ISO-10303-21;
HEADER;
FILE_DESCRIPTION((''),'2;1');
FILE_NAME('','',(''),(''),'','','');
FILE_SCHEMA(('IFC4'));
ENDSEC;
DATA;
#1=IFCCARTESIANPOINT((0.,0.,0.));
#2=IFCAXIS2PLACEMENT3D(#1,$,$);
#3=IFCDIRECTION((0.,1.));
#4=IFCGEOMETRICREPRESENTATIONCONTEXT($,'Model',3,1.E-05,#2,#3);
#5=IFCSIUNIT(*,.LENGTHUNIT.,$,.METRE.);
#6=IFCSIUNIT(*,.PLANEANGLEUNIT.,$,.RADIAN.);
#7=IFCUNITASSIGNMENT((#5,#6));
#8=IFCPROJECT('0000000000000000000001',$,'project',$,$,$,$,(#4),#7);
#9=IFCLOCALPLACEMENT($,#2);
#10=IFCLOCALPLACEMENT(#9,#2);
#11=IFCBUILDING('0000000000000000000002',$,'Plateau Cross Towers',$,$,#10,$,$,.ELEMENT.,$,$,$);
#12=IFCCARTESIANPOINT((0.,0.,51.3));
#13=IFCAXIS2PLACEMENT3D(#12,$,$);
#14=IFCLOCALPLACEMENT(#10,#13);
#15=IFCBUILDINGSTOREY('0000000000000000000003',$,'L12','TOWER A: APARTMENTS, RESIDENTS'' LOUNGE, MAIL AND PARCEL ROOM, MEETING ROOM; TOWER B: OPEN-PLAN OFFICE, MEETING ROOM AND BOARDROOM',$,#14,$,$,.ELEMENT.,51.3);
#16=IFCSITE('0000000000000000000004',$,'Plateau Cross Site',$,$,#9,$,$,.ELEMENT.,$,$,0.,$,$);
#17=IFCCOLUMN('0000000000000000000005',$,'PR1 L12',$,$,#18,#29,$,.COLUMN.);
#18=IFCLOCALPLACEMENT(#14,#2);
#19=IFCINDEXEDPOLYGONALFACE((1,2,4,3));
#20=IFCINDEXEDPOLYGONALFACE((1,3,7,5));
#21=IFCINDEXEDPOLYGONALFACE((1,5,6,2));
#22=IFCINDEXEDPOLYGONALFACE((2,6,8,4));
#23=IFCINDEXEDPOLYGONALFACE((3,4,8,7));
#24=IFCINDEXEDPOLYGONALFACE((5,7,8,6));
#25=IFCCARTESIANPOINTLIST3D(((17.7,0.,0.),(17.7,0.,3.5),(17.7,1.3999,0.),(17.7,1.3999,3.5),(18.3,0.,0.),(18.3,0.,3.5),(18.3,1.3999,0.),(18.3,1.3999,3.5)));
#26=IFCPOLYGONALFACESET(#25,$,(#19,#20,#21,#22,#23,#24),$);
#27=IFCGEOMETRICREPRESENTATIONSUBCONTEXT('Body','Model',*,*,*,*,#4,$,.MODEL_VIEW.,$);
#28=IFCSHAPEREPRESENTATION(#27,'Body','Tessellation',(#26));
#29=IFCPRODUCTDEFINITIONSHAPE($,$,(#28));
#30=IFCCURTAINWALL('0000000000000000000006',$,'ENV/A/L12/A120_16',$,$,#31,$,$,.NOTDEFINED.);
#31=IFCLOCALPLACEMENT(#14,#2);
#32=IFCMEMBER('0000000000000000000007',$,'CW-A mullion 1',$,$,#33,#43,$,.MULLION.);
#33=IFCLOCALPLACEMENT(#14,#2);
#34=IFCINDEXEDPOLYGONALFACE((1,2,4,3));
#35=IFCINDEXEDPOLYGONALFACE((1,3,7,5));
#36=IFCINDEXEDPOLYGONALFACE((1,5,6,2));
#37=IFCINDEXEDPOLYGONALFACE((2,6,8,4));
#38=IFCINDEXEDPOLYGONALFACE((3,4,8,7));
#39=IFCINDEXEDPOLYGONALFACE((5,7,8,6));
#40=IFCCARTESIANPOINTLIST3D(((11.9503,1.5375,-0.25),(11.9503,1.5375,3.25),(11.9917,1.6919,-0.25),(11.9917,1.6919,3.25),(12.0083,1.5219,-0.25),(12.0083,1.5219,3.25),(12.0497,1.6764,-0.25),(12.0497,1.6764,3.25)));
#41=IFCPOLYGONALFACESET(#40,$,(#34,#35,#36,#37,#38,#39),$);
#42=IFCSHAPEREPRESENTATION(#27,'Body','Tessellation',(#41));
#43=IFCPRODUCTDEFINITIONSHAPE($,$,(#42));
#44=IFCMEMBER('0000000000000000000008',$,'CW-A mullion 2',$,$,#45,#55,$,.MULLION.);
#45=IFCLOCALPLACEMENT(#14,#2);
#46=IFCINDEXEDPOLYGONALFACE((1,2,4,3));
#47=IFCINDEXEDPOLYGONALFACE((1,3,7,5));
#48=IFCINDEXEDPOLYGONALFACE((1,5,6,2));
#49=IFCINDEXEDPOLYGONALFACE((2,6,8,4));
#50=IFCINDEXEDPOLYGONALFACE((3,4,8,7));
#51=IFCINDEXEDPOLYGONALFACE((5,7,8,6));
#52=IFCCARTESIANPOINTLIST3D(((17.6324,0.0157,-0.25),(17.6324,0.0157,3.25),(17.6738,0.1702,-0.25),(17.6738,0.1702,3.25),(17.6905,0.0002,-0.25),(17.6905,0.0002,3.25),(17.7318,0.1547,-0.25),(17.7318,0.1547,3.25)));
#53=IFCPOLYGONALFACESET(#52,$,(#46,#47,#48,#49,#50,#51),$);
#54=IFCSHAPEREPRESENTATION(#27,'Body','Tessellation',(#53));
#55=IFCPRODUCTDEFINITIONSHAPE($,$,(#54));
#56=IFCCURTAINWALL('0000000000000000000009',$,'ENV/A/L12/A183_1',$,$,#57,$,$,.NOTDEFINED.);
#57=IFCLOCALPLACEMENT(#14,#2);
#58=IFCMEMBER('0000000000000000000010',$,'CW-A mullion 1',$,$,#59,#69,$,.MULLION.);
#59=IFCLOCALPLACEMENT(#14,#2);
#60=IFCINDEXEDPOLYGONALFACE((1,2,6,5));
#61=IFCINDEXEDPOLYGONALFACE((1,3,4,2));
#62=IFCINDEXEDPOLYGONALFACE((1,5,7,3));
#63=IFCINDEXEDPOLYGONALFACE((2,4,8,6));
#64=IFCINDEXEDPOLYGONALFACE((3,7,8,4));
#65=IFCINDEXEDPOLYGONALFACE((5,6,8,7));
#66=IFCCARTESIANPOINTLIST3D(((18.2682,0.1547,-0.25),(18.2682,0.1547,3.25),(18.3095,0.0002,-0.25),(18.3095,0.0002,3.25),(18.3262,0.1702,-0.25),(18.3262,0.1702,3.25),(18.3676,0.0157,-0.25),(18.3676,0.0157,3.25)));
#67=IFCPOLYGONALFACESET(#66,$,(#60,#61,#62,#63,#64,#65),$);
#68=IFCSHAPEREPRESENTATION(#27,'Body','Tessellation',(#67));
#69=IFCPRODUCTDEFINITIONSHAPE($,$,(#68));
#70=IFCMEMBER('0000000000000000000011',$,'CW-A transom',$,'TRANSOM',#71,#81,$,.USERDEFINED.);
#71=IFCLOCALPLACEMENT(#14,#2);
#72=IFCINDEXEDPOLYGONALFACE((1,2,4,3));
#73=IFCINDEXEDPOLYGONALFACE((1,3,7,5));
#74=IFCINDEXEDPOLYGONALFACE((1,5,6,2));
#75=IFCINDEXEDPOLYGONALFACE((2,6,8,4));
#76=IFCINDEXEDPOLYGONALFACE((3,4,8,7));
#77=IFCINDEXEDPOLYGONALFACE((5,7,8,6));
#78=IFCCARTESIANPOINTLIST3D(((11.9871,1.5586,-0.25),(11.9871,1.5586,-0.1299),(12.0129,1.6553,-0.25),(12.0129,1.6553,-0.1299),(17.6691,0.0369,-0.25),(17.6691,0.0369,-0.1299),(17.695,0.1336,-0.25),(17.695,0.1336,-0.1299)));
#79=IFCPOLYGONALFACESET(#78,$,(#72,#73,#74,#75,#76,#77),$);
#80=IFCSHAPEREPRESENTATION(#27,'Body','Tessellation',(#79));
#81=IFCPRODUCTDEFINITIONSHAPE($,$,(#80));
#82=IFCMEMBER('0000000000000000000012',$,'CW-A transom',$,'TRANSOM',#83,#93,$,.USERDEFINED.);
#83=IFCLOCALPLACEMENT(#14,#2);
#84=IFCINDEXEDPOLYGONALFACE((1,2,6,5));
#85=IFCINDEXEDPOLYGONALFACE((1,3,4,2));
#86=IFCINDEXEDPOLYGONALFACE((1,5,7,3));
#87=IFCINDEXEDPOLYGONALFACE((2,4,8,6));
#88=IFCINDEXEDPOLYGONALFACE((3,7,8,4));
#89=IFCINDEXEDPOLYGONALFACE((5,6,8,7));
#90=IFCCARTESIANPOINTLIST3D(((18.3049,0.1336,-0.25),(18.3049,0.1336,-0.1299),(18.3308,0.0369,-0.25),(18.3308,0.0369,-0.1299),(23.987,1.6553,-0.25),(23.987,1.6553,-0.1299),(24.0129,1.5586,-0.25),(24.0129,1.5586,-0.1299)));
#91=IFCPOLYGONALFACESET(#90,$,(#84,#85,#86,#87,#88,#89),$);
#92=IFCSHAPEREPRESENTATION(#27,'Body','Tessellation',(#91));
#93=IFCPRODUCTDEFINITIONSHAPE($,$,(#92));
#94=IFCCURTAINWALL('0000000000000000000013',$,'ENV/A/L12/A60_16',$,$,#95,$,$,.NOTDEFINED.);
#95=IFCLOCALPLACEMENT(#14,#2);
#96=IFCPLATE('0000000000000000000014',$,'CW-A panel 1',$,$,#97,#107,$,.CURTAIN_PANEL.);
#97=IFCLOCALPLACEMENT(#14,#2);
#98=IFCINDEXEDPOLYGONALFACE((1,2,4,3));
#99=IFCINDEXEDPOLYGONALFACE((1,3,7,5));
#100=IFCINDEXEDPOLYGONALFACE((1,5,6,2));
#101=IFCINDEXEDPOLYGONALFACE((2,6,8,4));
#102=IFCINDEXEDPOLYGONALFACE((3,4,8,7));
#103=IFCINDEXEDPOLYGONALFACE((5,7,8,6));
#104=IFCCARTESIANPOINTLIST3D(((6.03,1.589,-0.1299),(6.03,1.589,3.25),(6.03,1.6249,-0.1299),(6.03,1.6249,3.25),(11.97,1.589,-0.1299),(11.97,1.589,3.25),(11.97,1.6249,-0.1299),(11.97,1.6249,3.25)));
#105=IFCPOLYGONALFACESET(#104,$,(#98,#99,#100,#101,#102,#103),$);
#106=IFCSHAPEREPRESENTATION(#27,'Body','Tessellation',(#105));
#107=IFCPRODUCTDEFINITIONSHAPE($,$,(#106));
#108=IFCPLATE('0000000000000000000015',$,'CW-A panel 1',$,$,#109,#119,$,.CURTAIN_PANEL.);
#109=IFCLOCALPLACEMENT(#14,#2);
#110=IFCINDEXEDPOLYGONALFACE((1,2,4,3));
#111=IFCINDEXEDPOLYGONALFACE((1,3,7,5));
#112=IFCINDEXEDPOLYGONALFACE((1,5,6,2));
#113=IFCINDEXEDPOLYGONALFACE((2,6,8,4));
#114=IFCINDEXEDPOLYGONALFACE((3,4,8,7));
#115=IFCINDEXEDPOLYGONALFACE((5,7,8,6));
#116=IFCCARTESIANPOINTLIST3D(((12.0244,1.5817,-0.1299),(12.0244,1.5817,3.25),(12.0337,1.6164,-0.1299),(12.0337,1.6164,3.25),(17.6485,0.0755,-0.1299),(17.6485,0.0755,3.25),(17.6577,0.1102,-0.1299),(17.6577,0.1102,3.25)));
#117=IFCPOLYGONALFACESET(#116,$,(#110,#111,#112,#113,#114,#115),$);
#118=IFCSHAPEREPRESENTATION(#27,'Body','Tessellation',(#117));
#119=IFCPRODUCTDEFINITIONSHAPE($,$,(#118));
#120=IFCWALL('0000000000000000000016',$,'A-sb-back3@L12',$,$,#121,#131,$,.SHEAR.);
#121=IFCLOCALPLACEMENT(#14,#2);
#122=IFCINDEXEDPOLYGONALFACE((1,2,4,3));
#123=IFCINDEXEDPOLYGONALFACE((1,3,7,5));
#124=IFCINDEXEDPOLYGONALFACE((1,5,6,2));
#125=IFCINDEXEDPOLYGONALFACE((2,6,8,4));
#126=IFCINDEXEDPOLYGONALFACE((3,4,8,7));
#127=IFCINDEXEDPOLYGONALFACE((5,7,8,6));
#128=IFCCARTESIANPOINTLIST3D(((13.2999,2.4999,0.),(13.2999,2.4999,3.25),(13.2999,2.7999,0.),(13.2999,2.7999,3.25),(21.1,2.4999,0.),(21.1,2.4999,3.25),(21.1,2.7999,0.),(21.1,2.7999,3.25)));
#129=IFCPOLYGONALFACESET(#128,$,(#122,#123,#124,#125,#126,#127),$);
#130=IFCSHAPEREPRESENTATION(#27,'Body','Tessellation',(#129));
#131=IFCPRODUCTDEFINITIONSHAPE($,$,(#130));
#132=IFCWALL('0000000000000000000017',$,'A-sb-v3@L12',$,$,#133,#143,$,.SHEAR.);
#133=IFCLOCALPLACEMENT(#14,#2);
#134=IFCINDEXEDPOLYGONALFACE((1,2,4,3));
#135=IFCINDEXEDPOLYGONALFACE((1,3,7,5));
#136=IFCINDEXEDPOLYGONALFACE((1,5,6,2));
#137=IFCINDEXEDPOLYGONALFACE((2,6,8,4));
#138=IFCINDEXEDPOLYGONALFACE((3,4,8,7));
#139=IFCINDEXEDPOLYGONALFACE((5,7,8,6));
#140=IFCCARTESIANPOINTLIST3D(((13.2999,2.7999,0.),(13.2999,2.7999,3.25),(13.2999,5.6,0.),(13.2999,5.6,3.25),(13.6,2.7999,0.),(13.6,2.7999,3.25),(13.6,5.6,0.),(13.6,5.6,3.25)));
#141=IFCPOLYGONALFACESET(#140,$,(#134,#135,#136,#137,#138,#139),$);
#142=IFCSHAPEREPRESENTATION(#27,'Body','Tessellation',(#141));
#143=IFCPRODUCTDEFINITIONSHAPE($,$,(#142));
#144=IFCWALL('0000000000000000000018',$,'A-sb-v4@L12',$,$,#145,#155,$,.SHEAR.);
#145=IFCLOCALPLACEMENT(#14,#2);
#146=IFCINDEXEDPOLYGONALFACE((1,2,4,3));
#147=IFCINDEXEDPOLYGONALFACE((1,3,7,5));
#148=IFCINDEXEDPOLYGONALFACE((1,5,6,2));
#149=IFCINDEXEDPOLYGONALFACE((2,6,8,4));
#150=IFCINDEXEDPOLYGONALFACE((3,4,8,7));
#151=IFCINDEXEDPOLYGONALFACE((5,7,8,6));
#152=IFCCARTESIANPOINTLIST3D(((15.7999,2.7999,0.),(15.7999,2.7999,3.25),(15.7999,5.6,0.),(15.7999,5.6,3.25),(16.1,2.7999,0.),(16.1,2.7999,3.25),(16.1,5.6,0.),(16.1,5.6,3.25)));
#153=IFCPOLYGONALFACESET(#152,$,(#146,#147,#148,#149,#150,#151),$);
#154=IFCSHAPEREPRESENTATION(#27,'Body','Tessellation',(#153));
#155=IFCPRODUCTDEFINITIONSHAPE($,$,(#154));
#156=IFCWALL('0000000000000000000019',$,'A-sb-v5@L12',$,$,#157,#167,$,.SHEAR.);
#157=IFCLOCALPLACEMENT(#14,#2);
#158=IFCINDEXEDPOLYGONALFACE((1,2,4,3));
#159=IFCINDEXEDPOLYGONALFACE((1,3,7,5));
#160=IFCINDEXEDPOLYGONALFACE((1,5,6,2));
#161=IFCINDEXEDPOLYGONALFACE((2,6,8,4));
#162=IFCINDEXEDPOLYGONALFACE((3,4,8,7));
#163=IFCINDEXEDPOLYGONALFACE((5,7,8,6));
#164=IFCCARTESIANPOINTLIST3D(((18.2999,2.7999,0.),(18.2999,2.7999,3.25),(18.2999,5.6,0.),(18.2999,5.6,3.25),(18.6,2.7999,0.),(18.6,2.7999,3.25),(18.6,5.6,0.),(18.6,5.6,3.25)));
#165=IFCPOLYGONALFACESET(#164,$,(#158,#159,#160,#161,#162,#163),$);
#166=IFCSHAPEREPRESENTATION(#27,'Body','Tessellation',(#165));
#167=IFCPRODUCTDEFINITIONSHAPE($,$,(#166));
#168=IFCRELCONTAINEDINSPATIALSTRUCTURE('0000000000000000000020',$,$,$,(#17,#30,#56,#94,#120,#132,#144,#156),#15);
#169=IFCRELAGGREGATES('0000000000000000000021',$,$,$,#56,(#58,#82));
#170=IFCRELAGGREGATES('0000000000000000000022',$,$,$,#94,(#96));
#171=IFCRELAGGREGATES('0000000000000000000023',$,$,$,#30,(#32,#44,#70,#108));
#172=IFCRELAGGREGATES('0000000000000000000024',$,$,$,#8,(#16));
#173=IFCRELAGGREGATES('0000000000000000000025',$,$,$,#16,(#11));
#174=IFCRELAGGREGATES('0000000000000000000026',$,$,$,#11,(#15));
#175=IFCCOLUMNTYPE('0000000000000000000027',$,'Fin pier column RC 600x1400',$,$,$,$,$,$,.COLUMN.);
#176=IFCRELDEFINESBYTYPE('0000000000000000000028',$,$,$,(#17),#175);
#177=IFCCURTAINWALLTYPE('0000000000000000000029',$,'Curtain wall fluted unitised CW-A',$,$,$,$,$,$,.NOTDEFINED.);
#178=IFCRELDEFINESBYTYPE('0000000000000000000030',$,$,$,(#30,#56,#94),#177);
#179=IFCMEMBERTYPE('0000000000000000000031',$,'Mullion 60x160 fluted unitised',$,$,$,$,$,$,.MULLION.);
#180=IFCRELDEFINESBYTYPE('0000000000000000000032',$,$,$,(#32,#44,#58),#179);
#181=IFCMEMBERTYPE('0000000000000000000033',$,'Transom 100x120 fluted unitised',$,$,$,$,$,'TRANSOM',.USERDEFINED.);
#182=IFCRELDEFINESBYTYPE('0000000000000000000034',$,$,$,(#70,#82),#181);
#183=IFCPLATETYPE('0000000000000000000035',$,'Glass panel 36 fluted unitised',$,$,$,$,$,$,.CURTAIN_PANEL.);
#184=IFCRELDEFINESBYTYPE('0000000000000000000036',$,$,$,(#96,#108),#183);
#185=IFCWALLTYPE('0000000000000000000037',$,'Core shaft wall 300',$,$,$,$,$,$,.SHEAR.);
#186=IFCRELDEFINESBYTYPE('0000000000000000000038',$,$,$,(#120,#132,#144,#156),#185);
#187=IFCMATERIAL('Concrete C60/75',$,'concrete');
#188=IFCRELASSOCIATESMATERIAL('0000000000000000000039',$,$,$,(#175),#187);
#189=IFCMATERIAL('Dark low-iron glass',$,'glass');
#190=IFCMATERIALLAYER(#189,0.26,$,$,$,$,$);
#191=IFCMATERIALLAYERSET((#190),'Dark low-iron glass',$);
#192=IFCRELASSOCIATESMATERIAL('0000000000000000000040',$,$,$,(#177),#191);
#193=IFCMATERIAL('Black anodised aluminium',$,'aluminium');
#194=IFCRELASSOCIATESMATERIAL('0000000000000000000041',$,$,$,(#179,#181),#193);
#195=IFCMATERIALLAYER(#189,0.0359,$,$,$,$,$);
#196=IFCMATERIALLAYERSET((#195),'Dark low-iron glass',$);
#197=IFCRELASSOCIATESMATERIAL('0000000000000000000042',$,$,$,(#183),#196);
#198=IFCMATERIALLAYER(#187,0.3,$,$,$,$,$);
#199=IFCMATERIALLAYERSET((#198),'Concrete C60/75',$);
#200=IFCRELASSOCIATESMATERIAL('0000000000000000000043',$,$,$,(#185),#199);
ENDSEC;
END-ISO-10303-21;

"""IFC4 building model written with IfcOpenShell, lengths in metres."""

from ifc_helpers import new_model, si_unit, direction, frame, frame_2d, origin, origin_2d, place, context, subcontext, project, spatial, rectangle, extrude, material, layer, layer_set, material_profile, profile_set, type_object, element, aggregate, save


model = new_model("IFC4")

# Units and contexts
model_context = context("Model", 3, precision=1e-05, world=origin(), true_north=direction((0.0, 1.0)))
body_context = subcontext(model_context, "Body", "Model", "MODEL_VIEW")
ifc_project = project(units=[si_unit("LENGTHUNIT", "METRE"), si_unit("PLANEANGLEUNIT", "RADIAN")], contexts=[model_context])

# Site, building, storey
site_placement = place(None, origin())
site = spatial("IfcSite", under=ifc_project, at=site_placement, Name="Plateau Cross Site", CompositionType="ELEMENT", RefElevation=0.0)
building_placement = place(site_placement, origin())
building = spatial("IfcBuilding", under=site, at=building_placement, Name="Plateau Cross Towers", CompositionType="ELEMENT")
storey_placement = place(building_placement, frame((0.0, 0.0, 51.3)))
storey = spatial("IfcBuildingStorey", under=building, at=storey_placement, Name="L12", Description="TOWER A: APARTMENTS, RESIDENTS' LOUNGE, MAIL AND PARCEL ROOM, MEETING ROOM; TOWER B: OPEN-PLAN OFFICE, MEETING ROOM AND BOARDROOM", CompositionType="ELEMENT", Elevation=51.3)

# Column
ifc_material_1 = material(Name="Concrete C60/75", Category="concrete")
ifc_material_profile_1 = material_profile(ifc_material_1, rectangle(XDim=0.6001, YDim=1.3999, at=origin_2d()), Name="RC 600x1400")
ifc_profile_set_1 = profile_set([ifc_material_profile_1], Name="Concrete C60/75")
column_type = type_object("IfcColumnType", Name="Fin pier column RC 600x1400", PredefinedType="COLUMN", material=ifc_profile_set_1)
column_placement = place(storey_placement, frame((18.0, 0.7, 0.0), z_axis=(0.0, 0.0, 1.0), x_axis=(1.0, 0.0, 0.0)))
element("IfcColumn", 1, at=column_placement, inside=storey, type_object=column_type, Name="PR1 L12", PredefinedType="COLUMN", context=body_context, shape_type="SweptSolid", body=[
    extrude(rectangle(XDim=0.6001, YDim=1.3999, at=origin_2d()), origin(), (0.0, 0.0, 1.0), 3.5),
])

# Curtain wall, members
ifc_material_2 = material(Name="Dark low-iron glass", Category="glass")
ifc_layer_1 = layer(ifc_material_2, 0.26)
ifc_layer_set_1 = layer_set([ifc_layer_1], Name="Dark low-iron glass")
curtain_wall_type = type_object("IfcCurtainWallType", Name="Curtain wall fluted unitised CW-A", PredefinedType="NOTDEFINED", material=ifc_layer_set_1)
curtain_wall_1_placement = place(storey_placement, origin())
curtain_wall_1 = element("IfcCurtainWall", 2, at=curtain_wall_1_placement, inside=storey, type_object=curtain_wall_type, Name="ENV/A/L12/A120_16", PredefinedType="NOTDEFINED")
ifc_material_3 = material(Name="Black anodised aluminium", Category="aluminium")
ifc_material_profile_2 = material_profile(ifc_material_3, rectangle(XDim=0.0601, YDim=0.1599, at=origin_2d()), Name="MULLION 60x160")
ifc_profile_set_2 = profile_set([ifc_material_profile_2], Name="Black anodised aluminium")
member_type_1 = type_object("IfcMemberType", Name="Mullion 60x160 fluted unitised", PredefinedType="MULLION", material=ifc_profile_set_2)
member_1_placement = place(storey_placement, frame((12.0, 1.6069, -0.25), z_axis=(0.0, 0.0, 1.0), x_axis=(0.965958, -0.258699, 0.0)))
member_1 = element("IfcMember", 3, at=member_1_placement, type_object=member_type_1, Name="CW-A mullion 1", PredefinedType="MULLION", context=body_context, shape_type="SweptSolid", body=[
    extrude(rectangle(XDim=0.0601, YDim=0.1599, at=origin_2d()), origin(), (0.0, 0.0, 1.0), 3.5),
])
member_2_placement = place(storey_placement, frame((17.6821, 0.0852, -0.25), z_axis=(0.0, 0.0, 1.0), x_axis=(0.965958, -0.258699, 0.0)))
member_2 = element("IfcMember", 4, at=member_2_placement, type_object=member_type_1, Name="CW-A mullion 2", PredefinedType="MULLION", context=body_context, shape_type="SweptSolid", body=[
    extrude(rectangle(XDim=0.0601, YDim=0.1599, at=origin_2d()), origin(), (0.0, 0.0, 1.0), 3.5),
])

# Curtain wall, member
curtain_wall_2_placement = place(storey_placement, origin())
curtain_wall_2 = element("IfcCurtainWall", 5, at=curtain_wall_2_placement, inside=storey, type_object=curtain_wall_type, Name="ENV/A/L12/A183_1", PredefinedType="NOTDEFINED")
member_3_placement = place(storey_placement, frame((18.3179, 0.0852, -0.25), z_axis=(0.0, 0.0, 1.0), x_axis=(0.965958, 0.258699, 0.0)))
member_3 = element("IfcMember", 6, at=member_3_placement, type_object=member_type_1, Name="CW-A mullion 1", PredefinedType="MULLION", context=body_context, shape_type="SweptSolid", body=[
    extrude(rectangle(XDim=0.0601, YDim=0.1599, at=origin_2d()), origin(), (0.0, 0.0, 1.0), 3.5),
])

# Members
ifc_material_profile_3 = material_profile(ifc_material_3, rectangle(XDim=0.1001, YDim=0.1201, at=origin_2d()), Name="TRANSOM 100x120")
ifc_profile_set_3 = profile_set([ifc_material_profile_3], Name="Black anodised aluminium")
member_type_2 = type_object("IfcMemberType", Name="Transom 100x120 fluted unitised", ElementType="TRANSOM", PredefinedType="USERDEFINED", material=ifc_profile_set_3)
member_4_placement = place(storey_placement, frame((12.0, 1.6069, -0.1899), z_axis=(0.96596, -0.258693, 0.0), x_axis=(0.258693, 0.96596, 0.0)))
member_4 = element("IfcMember", 7, at=member_4_placement, type_object=member_type_2, Name="CW-A transom", ObjectType="TRANSOM", PredefinedType="USERDEFINED", context=body_context, shape_type="SweptSolid", body=[
    extrude(rectangle(XDim=0.1001, YDim=0.1201, at=origin_2d()), origin(), (0.0, 0.0, 1.0), 5.8823),
])
member_5_placement = place(storey_placement, frame((18.3179, 0.0852, -0.1899), z_axis=(0.96596, 0.258693, 0.0), x_axis=(-0.258693, 0.96596, 0.0)))
member_5 = element("IfcMember", 8, at=member_5_placement, type_object=member_type_2, Name="CW-A transom", ObjectType="TRANSOM", PredefinedType="USERDEFINED", context=body_context, shape_type="SweptSolid", body=[
    extrude(rectangle(XDim=0.1001, YDim=0.1201, at=origin_2d()), origin(), (0.0, 0.0, 1.0), 5.8823),
])
aggregate(curtain_wall_2, [member_3, member_5])

# Curtain wall, plate
curtain_wall_3_placement = place(storey_placement, origin())
curtain_wall_3 = element("IfcCurtainWall", 9, at=curtain_wall_3_placement, inside=storey, type_object=curtain_wall_type, Name="ENV/A/L12/A60_16", PredefinedType="NOTDEFINED")
ifc_layer_2 = layer(ifc_material_2, 0.0359)
ifc_layer_set_2 = layer_set([ifc_layer_2], Name="Dark low-iron glass")
plate_type = type_object("IfcPlateType", Name="Glass panel 36 fluted unitised", PredefinedType="CURTAIN_PANEL", material=ifc_layer_set_2)
plate_1_placement = place(storey_placement, frame((9.0, 1.6069, -0.1299), z_axis=(0.0, 0.0, 1.0), x_axis=(1.0, 0.0, 0.0)))
plate_1 = element("IfcPlate", 10, at=plate_1_placement, type_object=plate_type, Name="CW-A panel 1", PredefinedType="CURTAIN_PANEL", context=body_context, shape_type="SweptSolid", body=[
    extrude(rectangle(XDim=5.9399, YDim=0.0359, at=origin_2d()), origin(), (0.0, 0.0, 1.0), 3.3799),
])
aggregate(curtain_wall_3, [plate_1])

# Plate
plate_2_placement = place(storey_placement, frame((14.8411, 0.8459, -0.1299), z_axis=(0.0, 0.0, 1.0), x_axis=(0.965958, -0.258699, 0.0)))
plate_2 = element("IfcPlate", 11, at=plate_2_placement, type_object=plate_type, Name="CW-A panel 1", PredefinedType="CURTAIN_PANEL", context=body_context, shape_type="SweptSolid", body=[
    extrude(rectangle(XDim=5.8223, YDim=0.0359, at=origin_2d()), origin(), (0.0, 0.0, 1.0), 3.3799),
])
aggregate(curtain_wall_1, [member_1, member_2, member_4, plate_2])

# Walls
ifc_layer_3 = layer(ifc_material_1, 0.3)
ifc_layer_set_3 = layer_set([ifc_layer_3], Name="Concrete C60/75")
wall_type = type_object("IfcWallType", Name="Core shaft wall 300", PredefinedType="SHEAR", material=ifc_layer_set_3)
wall_placement = place(storey_placement, frame((13.3, 2.6499, 0.0), z_axis=(0.0, 0.0, 1.0), x_axis=(1.0, 0.0, 0.0)))
element("IfcWall", 12, at=wall_placement, inside=storey, type_object=wall_type, Name="A-sb-back3@L12", PredefinedType="SHEAR", context=body_context, shape_type="SweptSolid", body=[
    extrude(rectangle(XDim=7.8, YDim=0.3, at=frame_2d((3.8999, 0.0))), origin(), (0.0, 0.0, 1.0), 3.25),
])
for number, where, z_axis, x_axis, name in (
    (13, (13.45, 2.8, 0.0), (0.0, 0.0, 1.0), (0.0, 1.0, 0.0), "A-sb-v3@L12"),
    (14, (15.95, 2.8, 0.0), (0.0, 0.0, 1.0), (0.0, 1.0, 0.0), "A-sb-v4@L12"),
    (15, (18.45, 2.8, 0.0), (0.0, 0.0, 1.0), (0.0, 1.0, 0.0), "A-sb-v5@L12"),
):
    element("IfcWall", number, at=place(storey_placement, frame(where, z_axis=z_axis, x_axis=x_axis)), inside=storey, type_object=wall_type, Name=name, PredefinedType="SHEAR", context=body_context, shape_type="SweptSolid", body=[
        extrude(rectangle(XDim=2.8, YDim=0.3, at=frame_2d((1.3999, 0.0))), origin(), (0.0, 0.0, 1.0), 3.25),
    ])

save(model, "model.ifc")
